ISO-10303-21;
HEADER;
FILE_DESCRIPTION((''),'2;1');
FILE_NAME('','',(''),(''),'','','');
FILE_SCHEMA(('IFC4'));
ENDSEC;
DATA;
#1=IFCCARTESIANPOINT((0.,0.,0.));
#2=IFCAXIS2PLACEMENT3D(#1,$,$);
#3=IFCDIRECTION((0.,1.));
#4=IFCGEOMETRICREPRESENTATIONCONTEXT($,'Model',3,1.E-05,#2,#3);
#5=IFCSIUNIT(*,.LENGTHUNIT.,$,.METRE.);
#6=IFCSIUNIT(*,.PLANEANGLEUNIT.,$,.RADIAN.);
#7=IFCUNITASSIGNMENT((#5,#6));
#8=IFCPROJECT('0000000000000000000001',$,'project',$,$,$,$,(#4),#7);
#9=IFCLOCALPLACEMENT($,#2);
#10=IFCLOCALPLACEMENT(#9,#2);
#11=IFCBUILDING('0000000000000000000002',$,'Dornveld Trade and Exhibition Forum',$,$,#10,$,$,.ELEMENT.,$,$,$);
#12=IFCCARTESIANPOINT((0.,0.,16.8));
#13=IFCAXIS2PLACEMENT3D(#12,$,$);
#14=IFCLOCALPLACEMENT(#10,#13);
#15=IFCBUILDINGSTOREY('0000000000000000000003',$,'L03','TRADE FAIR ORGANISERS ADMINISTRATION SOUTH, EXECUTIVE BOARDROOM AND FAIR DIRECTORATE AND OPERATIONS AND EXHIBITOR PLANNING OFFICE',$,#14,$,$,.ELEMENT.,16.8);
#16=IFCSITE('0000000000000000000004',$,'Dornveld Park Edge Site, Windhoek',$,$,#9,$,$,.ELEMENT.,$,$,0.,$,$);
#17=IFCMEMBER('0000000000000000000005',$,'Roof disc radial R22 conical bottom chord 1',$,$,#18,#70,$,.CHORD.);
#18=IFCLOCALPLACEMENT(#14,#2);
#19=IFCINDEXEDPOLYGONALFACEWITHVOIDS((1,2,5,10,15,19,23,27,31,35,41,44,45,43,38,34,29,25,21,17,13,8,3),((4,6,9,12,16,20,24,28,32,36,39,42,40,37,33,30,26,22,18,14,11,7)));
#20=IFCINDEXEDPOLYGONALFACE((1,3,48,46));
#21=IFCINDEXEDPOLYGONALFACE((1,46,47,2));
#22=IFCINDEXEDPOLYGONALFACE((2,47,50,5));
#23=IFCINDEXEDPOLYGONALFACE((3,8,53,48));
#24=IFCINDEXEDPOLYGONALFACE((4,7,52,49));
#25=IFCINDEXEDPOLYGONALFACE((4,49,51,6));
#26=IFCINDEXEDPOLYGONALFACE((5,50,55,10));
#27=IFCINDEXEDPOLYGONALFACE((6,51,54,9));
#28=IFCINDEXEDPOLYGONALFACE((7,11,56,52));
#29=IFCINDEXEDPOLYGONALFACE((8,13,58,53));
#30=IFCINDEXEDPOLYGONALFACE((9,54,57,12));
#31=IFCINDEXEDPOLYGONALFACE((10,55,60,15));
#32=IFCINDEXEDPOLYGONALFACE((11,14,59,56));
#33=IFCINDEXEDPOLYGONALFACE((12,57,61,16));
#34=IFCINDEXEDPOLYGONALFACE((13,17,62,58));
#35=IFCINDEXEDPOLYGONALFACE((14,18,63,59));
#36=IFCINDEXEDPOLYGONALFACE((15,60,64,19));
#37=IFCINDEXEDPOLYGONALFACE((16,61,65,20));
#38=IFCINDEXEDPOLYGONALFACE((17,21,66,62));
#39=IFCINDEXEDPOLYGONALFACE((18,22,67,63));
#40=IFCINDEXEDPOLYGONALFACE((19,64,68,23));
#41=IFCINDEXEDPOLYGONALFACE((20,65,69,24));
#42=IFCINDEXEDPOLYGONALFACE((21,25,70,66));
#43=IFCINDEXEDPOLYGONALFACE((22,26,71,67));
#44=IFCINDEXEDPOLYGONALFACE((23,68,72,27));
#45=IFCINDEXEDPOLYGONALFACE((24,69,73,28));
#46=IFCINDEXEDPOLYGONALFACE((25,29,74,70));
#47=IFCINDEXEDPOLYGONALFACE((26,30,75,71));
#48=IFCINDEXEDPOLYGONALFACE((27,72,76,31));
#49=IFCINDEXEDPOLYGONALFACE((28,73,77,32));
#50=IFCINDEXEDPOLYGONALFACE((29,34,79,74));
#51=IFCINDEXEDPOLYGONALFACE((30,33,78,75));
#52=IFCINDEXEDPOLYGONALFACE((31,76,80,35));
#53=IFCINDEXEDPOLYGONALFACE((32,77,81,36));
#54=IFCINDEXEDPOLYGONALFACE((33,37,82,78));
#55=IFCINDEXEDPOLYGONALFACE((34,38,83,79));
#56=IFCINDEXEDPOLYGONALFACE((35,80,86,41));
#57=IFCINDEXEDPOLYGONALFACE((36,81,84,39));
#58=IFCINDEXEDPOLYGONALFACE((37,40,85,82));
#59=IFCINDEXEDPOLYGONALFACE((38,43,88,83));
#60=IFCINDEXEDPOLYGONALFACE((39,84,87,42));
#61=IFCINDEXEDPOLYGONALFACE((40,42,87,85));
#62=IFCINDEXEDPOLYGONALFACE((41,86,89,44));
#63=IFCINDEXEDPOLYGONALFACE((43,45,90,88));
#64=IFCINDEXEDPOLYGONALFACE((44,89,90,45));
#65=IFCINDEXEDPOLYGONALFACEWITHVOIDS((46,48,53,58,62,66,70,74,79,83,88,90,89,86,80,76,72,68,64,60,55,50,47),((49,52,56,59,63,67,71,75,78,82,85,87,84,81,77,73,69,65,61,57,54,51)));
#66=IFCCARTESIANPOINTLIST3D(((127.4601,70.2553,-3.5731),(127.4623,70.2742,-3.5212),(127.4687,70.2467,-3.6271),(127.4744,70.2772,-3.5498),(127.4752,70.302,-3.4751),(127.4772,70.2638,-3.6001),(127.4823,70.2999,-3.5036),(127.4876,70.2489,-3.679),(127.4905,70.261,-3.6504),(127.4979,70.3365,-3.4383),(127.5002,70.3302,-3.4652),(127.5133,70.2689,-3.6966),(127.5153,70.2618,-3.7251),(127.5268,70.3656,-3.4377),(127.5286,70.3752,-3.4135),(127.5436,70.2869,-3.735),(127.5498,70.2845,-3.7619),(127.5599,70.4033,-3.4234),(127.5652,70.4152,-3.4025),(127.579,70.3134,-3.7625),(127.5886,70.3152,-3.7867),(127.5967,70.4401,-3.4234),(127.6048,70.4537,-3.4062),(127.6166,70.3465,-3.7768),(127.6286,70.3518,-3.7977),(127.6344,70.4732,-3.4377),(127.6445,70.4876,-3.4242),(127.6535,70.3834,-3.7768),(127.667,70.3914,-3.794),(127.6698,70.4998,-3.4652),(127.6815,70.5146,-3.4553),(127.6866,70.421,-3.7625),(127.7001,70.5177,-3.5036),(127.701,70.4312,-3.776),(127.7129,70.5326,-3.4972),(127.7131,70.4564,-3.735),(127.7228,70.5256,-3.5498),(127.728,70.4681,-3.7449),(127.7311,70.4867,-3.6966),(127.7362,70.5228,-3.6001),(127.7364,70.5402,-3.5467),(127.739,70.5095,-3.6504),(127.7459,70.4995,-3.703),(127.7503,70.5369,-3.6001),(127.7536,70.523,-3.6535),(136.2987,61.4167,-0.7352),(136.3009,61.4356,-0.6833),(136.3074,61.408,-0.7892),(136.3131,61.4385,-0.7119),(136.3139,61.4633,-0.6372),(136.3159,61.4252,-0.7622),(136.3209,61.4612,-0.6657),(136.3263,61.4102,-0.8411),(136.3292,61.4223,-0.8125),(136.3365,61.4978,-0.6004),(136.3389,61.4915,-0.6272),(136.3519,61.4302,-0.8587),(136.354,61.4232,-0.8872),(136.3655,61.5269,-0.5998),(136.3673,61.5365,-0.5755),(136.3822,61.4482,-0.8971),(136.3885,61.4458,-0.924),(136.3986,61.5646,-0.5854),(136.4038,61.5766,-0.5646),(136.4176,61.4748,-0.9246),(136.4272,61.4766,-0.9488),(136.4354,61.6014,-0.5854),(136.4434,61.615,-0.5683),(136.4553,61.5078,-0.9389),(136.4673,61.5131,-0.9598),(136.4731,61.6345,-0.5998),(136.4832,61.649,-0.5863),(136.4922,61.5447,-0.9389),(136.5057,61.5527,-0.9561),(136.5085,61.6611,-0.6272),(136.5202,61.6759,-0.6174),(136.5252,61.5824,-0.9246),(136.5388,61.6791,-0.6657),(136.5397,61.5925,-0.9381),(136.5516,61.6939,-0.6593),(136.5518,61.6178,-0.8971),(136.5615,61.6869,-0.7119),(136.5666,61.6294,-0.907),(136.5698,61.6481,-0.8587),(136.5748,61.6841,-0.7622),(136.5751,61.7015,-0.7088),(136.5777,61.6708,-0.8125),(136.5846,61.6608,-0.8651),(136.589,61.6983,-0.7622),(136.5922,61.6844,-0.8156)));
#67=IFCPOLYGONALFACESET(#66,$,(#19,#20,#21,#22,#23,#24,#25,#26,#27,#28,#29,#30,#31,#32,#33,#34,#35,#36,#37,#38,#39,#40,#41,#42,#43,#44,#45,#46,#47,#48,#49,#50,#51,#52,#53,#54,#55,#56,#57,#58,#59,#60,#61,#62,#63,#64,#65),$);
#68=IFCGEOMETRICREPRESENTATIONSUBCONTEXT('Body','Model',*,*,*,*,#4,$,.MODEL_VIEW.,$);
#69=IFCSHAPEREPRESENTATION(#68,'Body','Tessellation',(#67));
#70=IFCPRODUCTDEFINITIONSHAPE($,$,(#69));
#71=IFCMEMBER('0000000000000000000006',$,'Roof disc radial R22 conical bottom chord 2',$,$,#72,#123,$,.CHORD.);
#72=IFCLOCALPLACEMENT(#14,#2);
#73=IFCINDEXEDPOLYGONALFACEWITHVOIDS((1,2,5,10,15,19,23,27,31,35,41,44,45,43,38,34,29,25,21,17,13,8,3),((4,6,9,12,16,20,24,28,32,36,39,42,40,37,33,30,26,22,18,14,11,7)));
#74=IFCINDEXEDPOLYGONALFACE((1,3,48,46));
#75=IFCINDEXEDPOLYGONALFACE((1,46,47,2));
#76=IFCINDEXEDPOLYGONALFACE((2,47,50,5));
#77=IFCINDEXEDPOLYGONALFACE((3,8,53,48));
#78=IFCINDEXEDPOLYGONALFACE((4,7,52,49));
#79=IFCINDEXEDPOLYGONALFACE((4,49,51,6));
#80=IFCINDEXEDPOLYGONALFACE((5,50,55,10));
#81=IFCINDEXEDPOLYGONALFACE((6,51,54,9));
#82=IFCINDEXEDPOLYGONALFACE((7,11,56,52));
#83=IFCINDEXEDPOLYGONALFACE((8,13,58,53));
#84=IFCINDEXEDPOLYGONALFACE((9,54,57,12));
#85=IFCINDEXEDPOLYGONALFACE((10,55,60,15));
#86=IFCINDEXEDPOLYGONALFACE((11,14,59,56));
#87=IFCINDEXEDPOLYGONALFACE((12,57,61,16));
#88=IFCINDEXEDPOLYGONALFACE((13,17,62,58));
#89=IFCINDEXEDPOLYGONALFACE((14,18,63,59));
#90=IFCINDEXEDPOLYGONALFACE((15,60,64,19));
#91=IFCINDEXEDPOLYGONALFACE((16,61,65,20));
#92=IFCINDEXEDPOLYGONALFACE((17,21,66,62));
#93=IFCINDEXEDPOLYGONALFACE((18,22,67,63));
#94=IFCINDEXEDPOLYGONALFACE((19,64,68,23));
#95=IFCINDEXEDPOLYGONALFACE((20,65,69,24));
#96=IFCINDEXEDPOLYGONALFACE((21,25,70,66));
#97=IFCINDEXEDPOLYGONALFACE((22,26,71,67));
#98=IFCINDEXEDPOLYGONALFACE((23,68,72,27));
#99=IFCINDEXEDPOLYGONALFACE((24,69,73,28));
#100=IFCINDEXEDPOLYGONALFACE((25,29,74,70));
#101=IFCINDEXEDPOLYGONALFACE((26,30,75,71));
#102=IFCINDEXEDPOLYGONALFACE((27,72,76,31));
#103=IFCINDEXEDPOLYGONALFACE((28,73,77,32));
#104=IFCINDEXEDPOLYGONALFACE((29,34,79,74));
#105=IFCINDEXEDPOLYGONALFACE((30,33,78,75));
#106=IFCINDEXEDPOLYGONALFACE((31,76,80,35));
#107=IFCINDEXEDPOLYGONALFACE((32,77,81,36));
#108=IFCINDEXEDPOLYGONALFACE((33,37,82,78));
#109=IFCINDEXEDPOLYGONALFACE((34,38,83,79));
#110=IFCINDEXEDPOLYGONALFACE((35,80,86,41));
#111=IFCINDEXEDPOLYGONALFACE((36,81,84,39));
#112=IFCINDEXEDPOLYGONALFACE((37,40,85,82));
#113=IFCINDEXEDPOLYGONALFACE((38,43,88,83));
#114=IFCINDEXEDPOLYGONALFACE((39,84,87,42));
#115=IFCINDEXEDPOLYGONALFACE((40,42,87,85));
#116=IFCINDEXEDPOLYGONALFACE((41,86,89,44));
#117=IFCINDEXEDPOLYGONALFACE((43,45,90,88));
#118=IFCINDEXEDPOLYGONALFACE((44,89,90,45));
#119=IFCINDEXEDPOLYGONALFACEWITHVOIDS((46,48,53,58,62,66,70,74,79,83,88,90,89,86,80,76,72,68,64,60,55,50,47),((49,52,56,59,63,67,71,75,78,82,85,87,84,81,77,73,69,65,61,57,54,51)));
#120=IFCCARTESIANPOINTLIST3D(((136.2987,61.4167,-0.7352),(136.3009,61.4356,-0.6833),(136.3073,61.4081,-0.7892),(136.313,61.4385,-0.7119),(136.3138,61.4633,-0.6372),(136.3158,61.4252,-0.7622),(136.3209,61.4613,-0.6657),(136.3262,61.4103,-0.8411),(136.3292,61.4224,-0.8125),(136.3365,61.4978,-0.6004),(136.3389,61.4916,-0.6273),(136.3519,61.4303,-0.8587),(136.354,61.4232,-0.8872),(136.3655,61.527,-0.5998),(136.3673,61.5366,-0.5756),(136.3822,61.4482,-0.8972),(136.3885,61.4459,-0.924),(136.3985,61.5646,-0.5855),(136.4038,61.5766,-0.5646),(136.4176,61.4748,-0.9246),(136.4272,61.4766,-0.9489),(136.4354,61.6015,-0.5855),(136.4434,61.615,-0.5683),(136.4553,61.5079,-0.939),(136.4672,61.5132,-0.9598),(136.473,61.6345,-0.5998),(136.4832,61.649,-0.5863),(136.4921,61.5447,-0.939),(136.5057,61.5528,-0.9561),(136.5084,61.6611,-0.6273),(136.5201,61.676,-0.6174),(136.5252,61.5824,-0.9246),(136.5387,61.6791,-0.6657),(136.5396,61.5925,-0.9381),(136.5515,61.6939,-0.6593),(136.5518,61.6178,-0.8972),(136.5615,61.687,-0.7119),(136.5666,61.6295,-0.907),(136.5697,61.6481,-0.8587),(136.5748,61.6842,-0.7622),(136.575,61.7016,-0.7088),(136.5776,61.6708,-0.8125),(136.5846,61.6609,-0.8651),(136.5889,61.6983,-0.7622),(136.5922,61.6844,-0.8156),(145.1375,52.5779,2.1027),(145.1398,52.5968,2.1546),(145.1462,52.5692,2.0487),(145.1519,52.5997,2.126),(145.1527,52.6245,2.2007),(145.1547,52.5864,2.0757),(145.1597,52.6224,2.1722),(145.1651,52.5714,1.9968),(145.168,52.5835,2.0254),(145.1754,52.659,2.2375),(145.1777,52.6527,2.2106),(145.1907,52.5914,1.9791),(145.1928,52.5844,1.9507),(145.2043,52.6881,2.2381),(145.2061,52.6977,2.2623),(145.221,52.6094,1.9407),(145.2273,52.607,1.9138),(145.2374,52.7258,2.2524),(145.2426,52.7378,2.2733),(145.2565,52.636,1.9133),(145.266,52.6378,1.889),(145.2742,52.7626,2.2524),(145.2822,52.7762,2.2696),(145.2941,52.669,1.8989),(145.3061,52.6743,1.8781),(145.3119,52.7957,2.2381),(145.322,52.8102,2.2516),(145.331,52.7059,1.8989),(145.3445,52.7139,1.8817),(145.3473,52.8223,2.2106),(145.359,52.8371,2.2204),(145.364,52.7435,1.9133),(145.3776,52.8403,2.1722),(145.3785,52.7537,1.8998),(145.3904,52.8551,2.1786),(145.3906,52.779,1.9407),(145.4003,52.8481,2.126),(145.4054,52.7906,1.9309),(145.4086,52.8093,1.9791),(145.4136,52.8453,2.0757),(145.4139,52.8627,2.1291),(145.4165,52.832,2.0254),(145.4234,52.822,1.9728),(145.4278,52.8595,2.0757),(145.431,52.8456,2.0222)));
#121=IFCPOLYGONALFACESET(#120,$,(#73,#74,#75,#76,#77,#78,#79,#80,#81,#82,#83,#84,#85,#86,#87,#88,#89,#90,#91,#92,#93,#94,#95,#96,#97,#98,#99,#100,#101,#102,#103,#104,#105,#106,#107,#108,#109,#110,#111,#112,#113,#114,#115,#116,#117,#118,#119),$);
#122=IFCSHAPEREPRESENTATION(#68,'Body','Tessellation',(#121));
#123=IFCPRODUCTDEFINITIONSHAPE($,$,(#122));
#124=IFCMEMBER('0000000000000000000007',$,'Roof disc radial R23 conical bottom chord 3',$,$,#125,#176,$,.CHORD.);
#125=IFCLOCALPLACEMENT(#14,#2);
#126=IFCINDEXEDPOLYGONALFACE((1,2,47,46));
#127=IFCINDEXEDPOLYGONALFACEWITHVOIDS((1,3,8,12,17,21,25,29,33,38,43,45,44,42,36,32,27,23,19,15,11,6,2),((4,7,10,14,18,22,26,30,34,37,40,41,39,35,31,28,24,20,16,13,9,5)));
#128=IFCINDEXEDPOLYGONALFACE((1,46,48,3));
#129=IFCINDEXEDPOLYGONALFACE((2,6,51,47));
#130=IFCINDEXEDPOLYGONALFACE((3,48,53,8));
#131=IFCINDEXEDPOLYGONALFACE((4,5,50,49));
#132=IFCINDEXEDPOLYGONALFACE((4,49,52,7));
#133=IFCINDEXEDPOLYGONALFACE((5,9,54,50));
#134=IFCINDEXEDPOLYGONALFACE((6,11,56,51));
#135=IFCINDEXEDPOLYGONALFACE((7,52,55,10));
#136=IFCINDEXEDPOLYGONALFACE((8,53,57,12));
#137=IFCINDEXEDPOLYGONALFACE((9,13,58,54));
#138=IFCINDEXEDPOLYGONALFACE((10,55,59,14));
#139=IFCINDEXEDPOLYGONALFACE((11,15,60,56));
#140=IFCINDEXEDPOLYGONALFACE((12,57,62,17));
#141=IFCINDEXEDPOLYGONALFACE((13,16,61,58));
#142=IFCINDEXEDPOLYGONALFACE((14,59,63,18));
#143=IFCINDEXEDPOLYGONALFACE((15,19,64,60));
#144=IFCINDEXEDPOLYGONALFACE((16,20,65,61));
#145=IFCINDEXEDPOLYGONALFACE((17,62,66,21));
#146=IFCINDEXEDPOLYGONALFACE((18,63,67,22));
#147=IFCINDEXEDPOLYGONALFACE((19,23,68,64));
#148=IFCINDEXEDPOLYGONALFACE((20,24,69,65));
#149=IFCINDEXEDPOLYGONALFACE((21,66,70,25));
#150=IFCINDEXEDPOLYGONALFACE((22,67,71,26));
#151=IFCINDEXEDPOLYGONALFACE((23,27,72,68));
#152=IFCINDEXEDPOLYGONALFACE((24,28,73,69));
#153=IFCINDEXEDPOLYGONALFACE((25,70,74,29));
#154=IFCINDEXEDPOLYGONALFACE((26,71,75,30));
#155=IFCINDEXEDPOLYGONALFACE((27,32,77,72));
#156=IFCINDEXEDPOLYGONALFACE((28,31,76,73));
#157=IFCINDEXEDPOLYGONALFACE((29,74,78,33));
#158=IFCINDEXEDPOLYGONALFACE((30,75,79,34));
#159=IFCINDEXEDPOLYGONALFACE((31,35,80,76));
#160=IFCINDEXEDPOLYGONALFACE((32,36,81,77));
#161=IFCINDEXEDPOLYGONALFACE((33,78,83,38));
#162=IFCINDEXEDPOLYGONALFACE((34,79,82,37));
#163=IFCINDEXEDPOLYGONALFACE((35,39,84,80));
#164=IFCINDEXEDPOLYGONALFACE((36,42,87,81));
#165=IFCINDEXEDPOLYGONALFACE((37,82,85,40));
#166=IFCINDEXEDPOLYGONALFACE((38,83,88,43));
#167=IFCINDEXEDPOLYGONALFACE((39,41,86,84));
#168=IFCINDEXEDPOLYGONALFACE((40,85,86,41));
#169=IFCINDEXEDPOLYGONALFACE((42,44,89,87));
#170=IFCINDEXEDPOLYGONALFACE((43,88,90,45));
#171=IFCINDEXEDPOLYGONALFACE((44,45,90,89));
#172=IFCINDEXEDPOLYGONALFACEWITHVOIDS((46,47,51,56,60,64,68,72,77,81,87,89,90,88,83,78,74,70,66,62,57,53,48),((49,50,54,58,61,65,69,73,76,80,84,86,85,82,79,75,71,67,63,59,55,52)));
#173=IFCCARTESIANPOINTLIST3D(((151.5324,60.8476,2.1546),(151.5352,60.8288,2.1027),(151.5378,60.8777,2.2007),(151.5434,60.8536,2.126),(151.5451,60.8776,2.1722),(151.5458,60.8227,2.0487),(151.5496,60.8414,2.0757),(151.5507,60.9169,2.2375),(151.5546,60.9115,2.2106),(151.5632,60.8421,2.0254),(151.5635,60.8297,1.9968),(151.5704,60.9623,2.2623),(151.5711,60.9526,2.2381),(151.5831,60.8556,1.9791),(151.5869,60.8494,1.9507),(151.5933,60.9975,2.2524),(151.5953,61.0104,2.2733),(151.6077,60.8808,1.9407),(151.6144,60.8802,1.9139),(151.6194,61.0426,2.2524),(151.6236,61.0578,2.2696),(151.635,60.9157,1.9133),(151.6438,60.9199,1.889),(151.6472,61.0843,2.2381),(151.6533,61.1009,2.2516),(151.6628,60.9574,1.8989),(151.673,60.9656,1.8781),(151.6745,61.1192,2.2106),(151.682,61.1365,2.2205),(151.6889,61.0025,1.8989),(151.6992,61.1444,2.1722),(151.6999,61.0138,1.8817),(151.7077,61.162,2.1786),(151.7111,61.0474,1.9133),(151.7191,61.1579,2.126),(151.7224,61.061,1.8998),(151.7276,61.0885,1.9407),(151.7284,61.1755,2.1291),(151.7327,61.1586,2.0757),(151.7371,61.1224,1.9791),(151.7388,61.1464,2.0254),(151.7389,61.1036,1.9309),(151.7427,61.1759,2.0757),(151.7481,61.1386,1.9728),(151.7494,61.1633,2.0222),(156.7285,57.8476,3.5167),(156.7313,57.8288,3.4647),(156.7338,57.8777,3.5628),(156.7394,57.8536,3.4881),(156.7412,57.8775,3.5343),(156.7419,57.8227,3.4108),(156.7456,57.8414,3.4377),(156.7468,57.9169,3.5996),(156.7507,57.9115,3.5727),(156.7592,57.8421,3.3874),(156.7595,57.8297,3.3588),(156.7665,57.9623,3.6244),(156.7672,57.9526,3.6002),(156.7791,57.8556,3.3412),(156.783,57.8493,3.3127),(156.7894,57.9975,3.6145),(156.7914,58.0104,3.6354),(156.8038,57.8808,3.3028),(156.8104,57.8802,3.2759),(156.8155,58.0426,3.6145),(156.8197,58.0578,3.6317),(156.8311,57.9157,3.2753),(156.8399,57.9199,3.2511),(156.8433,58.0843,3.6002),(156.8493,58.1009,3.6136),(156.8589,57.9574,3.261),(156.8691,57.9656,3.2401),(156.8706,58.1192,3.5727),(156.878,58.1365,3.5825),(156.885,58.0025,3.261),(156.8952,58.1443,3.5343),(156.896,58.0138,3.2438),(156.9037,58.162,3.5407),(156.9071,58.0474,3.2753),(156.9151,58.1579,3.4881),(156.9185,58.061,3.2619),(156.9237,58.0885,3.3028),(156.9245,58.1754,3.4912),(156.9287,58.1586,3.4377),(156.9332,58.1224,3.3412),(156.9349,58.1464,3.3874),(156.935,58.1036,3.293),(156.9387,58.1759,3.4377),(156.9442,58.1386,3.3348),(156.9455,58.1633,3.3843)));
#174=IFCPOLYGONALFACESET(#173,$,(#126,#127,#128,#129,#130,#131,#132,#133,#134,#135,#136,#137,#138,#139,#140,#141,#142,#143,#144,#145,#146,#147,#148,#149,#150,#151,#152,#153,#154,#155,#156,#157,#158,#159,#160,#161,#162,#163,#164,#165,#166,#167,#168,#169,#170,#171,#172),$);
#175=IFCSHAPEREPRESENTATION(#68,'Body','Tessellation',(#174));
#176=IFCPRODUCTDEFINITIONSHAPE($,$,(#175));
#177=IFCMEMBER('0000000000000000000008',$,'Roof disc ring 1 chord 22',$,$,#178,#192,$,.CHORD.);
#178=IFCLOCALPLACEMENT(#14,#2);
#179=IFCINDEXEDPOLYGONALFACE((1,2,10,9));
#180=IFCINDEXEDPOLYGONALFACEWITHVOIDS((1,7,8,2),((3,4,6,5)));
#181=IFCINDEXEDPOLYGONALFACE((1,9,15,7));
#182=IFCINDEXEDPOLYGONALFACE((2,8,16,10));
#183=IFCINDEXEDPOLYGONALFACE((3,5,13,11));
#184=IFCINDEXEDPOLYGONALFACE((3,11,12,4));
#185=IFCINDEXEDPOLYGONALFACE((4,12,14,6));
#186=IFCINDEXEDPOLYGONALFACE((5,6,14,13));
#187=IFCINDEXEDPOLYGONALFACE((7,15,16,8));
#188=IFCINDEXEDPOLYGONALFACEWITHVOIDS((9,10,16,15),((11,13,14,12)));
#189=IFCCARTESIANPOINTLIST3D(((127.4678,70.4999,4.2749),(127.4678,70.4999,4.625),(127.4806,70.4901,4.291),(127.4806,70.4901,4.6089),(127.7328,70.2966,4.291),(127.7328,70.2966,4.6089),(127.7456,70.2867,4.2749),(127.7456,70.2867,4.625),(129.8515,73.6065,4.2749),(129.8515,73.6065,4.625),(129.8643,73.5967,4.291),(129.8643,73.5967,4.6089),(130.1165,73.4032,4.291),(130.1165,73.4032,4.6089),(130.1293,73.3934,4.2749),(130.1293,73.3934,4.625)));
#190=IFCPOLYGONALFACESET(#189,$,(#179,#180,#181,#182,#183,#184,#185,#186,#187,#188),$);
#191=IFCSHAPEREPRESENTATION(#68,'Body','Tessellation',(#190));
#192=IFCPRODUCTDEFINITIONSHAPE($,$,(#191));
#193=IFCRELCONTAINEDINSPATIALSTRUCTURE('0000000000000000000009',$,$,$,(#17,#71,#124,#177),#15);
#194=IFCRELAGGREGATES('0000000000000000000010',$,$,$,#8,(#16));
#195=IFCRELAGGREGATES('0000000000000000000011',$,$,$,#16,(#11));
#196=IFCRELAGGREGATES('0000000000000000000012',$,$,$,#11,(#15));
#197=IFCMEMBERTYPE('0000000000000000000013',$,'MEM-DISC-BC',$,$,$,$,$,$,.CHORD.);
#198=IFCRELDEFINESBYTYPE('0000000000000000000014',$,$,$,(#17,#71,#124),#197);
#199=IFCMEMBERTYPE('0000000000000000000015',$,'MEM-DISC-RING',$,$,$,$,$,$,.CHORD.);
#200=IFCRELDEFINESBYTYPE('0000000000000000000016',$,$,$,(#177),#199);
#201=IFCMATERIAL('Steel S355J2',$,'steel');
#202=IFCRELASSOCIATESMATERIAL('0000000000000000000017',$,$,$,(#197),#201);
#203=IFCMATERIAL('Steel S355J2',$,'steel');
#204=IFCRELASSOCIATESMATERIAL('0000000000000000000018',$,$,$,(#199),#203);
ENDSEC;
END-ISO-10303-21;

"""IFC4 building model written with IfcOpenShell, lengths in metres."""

from ifc_helpers import new_model, si_unit, direction, frame, origin, origin_2d, place, context, subcontext, project, spatial, hollow_rectangle, hollow_circle, extrude, material, material_profile, profile_set, type_object, element, save


model = new_model("IFC4")

# Units and contexts
model_context = context("Model", 3, precision=1e-05, world=origin(), true_north=direction((0.0, 1.0)))
body_context = subcontext(model_context, "Body", "Model", "MODEL_VIEW")
ifc_project = project(units=[si_unit("LENGTHUNIT", "METRE"), si_unit("PLANEANGLEUNIT", "RADIAN")], contexts=[model_context])

# Site, building, storey
site_placement = place(None, origin())
site = spatial("IfcSite", under=ifc_project, at=site_placement, Name="Dornveld Park Edge Site, Windhoek", CompositionType="ELEMENT", RefElevation=0.0)
building_placement = place(site_placement, origin())
building = spatial("IfcBuilding", under=site, at=building_placement, Name="Dornveld Trade and Exhibition Forum", CompositionType="ELEMENT")
storey_placement = place(building_placement, frame((0.0, 0.0, 16.8)))
storey = spatial("IfcBuildingStorey", under=building, at=storey_placement, Name="L03", Description="TRADE FAIR ORGANISERS ADMINISTRATION SOUTH, EXECUTIVE BOARDROOM AND FAIR DIRECTORATE AND OPERATIONS AND EXHIBITOR PLANNING OFFICE", CompositionType="ELEMENT", Elevation=16.8)

# Members
ifc_material_1 = material(Name="Steel S355J2", Category="steel")
ifc_material_profile_1 = material_profile(ifc_material_1, hollow_circle(Radius=0.2031, WallThickness=0.02, at=origin_2d()), Name="CHS 406.4x20")
ifc_profile_set_1 = profile_set([ifc_material_profile_1], Name="Steel S355J2")
member_type_1 = type_object("IfcMemberType", Name="MEM-DISC-BC", PredefinedType="CHORD", material=ifc_profile_set_1)
member_1_placement = place(storey_placement, frame((127.6067, 70.3933, -3.6001), z_axis=(0.689558, -0.689558, 0.221402), x_axis=(0.707107, 0.707107, 0.0)))
element("IfcMember", 1, at=member_1_placement, inside=storey, type_object=member_type_1, Name="Roof disc radial R22 conical bottom chord 1", PredefinedType="CHORD", context=body_context, shape_type="SweptSolid", body=[
    extrude(hollow_circle(Radius=0.2031, WallThickness=0.02, at=origin_2d()), origin(), (0.0, 0.0, 1.0), 12.8179),
])
member_2_placement = place(storey_placement, frame((136.4453, 61.5547, -0.7622), z_axis=(0.689559, -0.689559, 0.221396), x_axis=(0.707107, 0.707107, 0.0)))
element("IfcMember", 2, at=member_2_placement, inside=storey, type_object=member_type_1, Name="Roof disc radial R22 conical bottom chord 2", PredefinedType="CHORD", context=body_context, shape_type="SweptSolid", body=[
    extrude(hollow_circle(Radius=0.2031, WallThickness=0.02, at=origin_2d()), origin(), (0.0, 0.0, 1.0), 12.8181),
])
member_3_placement = place(storey_placement, frame((151.6411, 61.0, 2.0757), z_axis=(0.844533, -0.487601, 0.221381), x_axis=(0.500008, 0.866021, 0.0)))
element("IfcMember", 3, at=member_3_placement, inside=storey, type_object=member_type_1, Name="Roof disc radial R23 conical bottom chord 3", PredefinedType="CHORD", context=body_context, shape_type="SweptSolid", body=[
    extrude(hollow_circle(Radius=0.2031, WallThickness=0.02, at=origin_2d()), origin(), (0.0, 0.0, 1.0), 6.1526),
])
ifc_material_2 = material(Name="Steel S355J2", Category="steel")
ifc_material_profile_2 = material_profile(ifc_material_2, hollow_rectangle(XDim=0.3501, YDim=0.3501, WallThickness=0.0161, at=origin_2d()), Name="SHS 350x350x16")
ifc_profile_set_2 = profile_set([ifc_material_profile_2], Name="Steel S355J2")
member_type_2 = type_object("IfcMemberType", Name="MEM-DISC-RING", PredefinedType="CHORD", material=ifc_profile_set_2)
for number, where, z_axis, x_axis, name in (
    (4, (127.6067, 70.3933, 4.45), (0.608752, 0.79336, 0.0), (-0.79336, 0.608752, 0.0), "Roof disc ring 1 chord 22"),
):
    element("IfcMember", number, at=place(storey_placement, frame(where, z_axis=z_axis, x_axis=x_axis)), inside=storey, type_object=member_type_2, Name=name, PredefinedType="CHORD", context=body_context, shape_type="SweptSolid", body=[
        extrude(hollow_rectangle(XDim=0.3501, YDim=0.3501, WallThickness=0.0161, at=origin_2d()), origin(), (0.0, 0.0, 1.0), 3.9158),
    ])

save(model, "model.ifc")
